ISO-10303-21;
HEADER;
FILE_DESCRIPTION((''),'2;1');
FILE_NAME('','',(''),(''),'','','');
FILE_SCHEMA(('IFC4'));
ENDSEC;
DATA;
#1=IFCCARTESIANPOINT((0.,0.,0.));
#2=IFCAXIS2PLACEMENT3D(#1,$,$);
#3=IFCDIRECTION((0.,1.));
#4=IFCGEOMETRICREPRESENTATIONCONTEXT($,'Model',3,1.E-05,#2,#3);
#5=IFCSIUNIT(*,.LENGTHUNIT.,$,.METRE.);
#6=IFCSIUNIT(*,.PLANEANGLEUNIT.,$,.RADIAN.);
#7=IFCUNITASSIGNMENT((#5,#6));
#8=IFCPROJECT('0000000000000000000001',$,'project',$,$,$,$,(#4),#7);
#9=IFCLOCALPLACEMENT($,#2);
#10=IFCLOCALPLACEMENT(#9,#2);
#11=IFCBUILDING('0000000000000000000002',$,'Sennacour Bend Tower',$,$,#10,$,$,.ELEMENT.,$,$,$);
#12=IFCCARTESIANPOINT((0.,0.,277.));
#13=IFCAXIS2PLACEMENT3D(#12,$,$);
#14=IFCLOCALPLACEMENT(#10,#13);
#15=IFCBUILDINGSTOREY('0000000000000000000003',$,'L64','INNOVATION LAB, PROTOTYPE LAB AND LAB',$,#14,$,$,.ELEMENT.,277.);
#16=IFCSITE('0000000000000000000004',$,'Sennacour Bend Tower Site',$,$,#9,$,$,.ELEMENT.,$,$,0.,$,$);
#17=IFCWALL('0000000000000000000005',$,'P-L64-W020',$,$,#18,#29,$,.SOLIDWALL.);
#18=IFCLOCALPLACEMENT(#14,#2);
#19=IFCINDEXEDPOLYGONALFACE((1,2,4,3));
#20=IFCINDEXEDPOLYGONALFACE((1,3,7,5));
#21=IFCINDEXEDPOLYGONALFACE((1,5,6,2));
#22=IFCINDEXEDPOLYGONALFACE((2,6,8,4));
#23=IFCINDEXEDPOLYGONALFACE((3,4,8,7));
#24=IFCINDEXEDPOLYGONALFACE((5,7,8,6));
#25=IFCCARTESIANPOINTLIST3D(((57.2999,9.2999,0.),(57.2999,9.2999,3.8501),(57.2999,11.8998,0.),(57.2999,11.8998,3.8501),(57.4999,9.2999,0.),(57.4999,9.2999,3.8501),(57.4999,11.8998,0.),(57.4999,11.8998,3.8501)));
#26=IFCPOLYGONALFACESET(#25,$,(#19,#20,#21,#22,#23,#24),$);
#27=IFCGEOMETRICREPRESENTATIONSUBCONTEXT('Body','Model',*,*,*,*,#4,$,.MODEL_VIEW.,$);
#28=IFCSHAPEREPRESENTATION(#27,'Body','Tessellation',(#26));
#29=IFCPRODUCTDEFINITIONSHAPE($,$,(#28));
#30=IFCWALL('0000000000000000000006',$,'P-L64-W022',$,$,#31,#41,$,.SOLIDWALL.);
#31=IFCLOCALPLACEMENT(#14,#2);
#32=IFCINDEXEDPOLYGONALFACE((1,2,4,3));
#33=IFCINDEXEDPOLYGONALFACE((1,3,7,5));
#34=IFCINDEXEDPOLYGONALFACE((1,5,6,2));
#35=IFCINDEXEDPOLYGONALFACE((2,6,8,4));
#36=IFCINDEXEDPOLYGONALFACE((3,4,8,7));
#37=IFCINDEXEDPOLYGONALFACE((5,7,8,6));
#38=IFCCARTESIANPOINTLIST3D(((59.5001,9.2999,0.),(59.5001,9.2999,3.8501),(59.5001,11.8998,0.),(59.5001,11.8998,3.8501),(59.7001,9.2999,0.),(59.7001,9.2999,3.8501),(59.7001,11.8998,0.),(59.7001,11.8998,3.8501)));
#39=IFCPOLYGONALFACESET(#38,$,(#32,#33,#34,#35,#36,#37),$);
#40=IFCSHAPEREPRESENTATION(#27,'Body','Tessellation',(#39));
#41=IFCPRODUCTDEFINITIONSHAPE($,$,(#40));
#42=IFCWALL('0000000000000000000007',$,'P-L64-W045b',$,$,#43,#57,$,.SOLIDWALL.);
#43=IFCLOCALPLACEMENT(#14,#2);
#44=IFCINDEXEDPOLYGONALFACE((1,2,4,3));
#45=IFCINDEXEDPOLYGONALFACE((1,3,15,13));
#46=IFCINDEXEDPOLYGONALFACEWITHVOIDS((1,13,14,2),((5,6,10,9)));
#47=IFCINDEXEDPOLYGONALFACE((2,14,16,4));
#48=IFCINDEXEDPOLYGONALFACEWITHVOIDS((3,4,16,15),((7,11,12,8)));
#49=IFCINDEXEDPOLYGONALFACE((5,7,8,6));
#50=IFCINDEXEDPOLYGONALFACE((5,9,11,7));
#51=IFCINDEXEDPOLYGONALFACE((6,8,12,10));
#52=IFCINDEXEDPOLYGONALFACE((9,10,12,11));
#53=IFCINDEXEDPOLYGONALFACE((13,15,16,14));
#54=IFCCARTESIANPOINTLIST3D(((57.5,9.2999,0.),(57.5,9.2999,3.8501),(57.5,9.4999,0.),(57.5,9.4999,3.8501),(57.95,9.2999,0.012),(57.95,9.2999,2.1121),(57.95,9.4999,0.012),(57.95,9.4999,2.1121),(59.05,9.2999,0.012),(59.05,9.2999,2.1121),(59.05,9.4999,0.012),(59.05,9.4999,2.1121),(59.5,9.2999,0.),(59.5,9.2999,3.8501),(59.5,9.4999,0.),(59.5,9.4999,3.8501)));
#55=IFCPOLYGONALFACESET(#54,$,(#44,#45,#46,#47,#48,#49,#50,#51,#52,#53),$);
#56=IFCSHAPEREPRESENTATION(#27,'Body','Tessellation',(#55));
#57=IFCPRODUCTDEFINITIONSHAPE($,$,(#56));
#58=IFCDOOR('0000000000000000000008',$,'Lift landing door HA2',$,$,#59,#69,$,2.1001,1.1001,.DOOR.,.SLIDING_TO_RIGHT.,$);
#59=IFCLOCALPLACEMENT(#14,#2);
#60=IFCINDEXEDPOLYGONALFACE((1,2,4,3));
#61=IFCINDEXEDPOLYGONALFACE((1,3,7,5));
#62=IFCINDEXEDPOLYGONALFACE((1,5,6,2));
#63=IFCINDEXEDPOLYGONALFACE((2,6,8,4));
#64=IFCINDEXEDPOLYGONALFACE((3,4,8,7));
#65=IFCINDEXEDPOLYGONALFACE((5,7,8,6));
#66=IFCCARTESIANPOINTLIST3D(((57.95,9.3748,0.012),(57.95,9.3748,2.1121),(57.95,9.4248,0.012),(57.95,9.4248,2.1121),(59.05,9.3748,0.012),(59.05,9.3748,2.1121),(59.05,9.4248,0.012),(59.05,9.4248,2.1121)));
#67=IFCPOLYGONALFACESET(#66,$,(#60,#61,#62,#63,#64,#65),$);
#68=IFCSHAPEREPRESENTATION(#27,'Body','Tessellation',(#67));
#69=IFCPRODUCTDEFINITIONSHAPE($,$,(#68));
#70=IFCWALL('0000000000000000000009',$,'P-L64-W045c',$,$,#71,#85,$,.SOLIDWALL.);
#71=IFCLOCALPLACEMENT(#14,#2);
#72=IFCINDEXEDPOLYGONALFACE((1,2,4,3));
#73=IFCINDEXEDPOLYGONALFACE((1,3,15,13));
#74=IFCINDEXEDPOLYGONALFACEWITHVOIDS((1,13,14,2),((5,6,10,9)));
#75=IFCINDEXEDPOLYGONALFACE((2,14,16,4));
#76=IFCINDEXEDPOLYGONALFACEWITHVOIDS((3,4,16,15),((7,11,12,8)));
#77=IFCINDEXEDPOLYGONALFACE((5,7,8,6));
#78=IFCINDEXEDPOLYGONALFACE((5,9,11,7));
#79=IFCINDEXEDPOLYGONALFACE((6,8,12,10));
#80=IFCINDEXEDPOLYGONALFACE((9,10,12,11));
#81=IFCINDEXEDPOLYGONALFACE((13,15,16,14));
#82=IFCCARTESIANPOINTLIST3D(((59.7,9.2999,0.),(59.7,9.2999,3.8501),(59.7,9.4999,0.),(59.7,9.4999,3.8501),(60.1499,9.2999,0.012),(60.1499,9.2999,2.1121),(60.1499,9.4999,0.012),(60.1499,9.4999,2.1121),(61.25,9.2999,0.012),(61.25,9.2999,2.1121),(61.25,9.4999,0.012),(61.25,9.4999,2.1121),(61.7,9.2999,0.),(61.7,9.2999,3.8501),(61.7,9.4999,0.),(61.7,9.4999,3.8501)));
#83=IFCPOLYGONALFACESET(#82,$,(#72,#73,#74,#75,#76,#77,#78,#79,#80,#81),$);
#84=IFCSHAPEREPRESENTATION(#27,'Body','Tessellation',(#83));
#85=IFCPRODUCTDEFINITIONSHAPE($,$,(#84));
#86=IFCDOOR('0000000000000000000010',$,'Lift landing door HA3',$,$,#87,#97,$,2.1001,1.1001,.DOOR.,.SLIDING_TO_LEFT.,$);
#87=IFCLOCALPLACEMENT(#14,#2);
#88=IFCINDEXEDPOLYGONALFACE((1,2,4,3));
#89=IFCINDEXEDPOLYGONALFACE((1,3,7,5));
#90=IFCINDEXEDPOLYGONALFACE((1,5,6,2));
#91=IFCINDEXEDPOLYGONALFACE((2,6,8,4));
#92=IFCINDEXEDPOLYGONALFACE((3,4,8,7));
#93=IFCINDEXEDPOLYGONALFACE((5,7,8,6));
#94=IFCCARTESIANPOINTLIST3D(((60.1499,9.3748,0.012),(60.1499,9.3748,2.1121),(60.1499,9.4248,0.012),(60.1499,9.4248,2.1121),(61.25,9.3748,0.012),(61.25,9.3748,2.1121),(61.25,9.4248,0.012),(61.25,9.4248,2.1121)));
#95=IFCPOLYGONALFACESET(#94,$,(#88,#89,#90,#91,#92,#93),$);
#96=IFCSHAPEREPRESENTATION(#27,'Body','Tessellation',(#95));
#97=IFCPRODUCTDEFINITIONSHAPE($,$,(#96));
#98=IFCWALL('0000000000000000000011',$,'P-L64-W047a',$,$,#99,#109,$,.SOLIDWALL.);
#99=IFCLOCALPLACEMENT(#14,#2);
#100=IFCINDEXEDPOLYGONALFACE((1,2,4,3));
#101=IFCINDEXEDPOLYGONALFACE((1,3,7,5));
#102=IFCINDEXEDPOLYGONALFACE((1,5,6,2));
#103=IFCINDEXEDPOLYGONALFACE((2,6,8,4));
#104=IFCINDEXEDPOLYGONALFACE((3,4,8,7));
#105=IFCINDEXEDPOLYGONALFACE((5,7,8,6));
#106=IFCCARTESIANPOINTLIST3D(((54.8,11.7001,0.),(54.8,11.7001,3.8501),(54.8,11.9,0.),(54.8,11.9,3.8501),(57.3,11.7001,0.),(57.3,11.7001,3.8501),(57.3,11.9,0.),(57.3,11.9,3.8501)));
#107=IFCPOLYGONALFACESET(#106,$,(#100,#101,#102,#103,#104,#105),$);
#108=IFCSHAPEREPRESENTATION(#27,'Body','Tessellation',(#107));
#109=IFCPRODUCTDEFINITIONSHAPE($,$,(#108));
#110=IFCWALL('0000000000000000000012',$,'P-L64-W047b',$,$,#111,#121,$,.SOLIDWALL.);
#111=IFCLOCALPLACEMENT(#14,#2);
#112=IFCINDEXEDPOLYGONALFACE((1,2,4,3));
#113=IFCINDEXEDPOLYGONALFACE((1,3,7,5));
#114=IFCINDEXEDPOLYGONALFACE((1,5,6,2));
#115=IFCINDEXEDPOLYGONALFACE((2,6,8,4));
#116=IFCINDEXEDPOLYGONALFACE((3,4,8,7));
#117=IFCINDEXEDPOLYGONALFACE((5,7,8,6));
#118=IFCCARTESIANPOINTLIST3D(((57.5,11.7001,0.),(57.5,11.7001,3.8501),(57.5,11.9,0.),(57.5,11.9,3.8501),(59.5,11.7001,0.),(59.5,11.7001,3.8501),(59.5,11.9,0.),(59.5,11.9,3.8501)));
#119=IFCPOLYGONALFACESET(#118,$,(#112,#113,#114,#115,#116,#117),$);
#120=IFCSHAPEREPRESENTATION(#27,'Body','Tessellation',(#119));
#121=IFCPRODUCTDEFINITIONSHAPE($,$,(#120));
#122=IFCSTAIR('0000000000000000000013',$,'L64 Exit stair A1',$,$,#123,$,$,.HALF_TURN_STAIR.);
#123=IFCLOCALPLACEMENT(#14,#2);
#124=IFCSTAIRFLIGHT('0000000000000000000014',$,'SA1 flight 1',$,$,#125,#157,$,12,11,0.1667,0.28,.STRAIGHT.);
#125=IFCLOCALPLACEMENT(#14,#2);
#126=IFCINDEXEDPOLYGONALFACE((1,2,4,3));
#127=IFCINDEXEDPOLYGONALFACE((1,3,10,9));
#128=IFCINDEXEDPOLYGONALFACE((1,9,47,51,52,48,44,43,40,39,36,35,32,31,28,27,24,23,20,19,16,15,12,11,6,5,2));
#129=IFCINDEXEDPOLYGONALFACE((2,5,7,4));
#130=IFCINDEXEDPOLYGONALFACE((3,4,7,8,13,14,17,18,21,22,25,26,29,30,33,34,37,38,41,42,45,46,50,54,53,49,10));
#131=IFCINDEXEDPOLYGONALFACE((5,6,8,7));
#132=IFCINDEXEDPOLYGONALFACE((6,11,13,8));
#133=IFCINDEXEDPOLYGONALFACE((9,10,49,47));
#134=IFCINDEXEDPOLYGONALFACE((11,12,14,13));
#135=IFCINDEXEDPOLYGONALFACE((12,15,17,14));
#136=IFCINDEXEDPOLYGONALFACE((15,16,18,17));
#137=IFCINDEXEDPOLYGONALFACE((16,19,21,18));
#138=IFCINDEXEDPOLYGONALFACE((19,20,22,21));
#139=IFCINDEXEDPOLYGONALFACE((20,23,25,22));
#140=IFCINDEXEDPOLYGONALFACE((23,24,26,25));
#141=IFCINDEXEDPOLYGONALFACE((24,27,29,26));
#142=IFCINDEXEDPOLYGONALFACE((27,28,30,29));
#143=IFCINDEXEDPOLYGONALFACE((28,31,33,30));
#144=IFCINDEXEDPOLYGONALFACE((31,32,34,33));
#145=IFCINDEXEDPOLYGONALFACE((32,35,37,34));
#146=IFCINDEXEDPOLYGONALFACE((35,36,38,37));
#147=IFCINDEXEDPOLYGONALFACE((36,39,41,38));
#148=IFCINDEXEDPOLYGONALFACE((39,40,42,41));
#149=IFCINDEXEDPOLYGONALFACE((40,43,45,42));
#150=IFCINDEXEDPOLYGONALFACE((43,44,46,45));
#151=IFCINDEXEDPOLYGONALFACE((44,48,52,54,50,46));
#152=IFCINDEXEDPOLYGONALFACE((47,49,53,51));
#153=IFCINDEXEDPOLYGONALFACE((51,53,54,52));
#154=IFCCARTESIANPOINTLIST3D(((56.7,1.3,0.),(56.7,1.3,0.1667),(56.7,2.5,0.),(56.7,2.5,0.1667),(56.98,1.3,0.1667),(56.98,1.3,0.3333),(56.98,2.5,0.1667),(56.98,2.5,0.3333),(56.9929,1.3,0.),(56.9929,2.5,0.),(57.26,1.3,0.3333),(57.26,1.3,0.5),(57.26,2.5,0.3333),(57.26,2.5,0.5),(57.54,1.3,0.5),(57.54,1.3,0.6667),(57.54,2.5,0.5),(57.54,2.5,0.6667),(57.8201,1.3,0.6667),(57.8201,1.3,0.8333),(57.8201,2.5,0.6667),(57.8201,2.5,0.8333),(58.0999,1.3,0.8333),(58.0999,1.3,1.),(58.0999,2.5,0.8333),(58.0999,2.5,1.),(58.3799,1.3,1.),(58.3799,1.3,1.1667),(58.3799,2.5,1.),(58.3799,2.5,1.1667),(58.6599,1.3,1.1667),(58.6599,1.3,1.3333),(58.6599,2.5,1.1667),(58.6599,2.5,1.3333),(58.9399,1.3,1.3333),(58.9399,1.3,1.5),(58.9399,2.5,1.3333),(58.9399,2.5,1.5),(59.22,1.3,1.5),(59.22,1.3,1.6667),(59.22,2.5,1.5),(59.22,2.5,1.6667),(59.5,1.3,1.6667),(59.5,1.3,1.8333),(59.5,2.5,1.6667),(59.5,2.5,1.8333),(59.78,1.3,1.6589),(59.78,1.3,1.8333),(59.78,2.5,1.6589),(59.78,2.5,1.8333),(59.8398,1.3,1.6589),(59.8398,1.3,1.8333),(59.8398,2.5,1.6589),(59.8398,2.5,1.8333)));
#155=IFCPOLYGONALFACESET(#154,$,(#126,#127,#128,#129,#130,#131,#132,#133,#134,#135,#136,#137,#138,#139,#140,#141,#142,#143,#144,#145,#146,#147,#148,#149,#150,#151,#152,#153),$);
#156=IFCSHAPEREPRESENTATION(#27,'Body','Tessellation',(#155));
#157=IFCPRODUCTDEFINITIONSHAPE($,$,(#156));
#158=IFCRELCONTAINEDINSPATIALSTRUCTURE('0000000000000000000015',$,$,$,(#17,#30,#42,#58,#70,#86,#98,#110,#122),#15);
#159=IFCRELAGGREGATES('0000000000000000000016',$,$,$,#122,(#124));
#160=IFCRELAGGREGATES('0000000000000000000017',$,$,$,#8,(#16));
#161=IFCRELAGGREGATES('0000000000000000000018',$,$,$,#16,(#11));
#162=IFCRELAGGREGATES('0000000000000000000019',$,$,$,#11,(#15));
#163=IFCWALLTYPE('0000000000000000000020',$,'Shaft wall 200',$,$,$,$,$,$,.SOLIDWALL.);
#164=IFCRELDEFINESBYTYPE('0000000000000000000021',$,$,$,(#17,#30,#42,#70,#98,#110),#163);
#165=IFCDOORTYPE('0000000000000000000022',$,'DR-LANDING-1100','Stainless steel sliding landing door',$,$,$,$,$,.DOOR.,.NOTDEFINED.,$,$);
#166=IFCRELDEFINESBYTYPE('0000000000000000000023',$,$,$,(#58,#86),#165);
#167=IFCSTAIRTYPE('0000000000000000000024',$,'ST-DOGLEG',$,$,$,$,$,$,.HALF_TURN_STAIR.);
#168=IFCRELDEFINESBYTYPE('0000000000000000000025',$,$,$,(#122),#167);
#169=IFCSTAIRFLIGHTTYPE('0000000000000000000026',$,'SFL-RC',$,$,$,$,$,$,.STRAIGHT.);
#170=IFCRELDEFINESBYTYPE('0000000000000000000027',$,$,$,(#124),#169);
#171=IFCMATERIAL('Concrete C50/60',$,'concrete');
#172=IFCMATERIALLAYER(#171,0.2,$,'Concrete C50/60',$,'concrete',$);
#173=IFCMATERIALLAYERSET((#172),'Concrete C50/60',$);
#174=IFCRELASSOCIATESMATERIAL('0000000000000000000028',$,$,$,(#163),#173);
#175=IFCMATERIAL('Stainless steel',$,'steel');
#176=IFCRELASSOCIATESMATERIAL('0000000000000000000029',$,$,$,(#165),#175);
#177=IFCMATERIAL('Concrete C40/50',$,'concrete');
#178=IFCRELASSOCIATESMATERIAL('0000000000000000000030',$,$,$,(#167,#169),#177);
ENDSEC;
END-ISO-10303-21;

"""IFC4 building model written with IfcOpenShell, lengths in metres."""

from ifc_helpers import new_model, si_unit, direction, frame, frame_2d, origin, place, context, subcontext, project, spatial, polyline, rectangle, outline, extrude, material, layer, layer_set, type_object, element, fill, aggregate, save


model = new_model("IFC4")

# Units and contexts
model_context = context("Model", 3, precision=1e-05, world=origin(), true_north=direction((0.0, 1.0)))
body_context = subcontext(model_context, "Body", "Model", "MODEL_VIEW")
ifc_project = project(units=[si_unit("LENGTHUNIT", "METRE"), si_unit("PLANEANGLEUNIT", "RADIAN")], contexts=[model_context])

# Site, building, storey
site_placement = place(None, origin())
site = spatial("IfcSite", under=ifc_project, at=site_placement, Name="Sennacour Bend Tower Site", CompositionType="ELEMENT", RefElevation=0.0)
building_placement = place(site_placement, origin())
building = spatial("IfcBuilding", under=site, at=building_placement, Name="Sennacour Bend Tower", CompositionType="ELEMENT")
storey_placement = place(building_placement, frame((0.0, 0.0, 277.0)))
storey = spatial("IfcBuildingStorey", under=building, at=storey_placement, Name="L64", Description="INNOVATION LAB, PROTOTYPE LAB AND LAB", CompositionType="ELEMENT", Elevation=277.0)

# Walls
ifc_material_1 = material(Name="Concrete C50/60", Category="concrete")
ifc_layer = layer(ifc_material_1, 0.2, Name="Concrete C50/60", Category="concrete")
ifc_layer_set = layer_set([ifc_layer], Name="Concrete C50/60")
wall_type = type_object("IfcWallType", Name="Shaft wall 200", PredefinedType="SOLIDWALL", material=ifc_layer_set)
for number, where, z_axis, x_axis, name in (
    (1, (57.3999, 9.3, 0.0), (0.0, 0.0, 1.0), (0.0, 1.0, 0.0), "P-L64-W020"),
    (2, (59.6001, 9.3, 0.0), (0.0, 0.0, 1.0), (0.0, 1.0, 0.0), "P-L64-W022"),
):
    element("IfcWall", number, at=place(storey_placement, frame(where, z_axis=z_axis, x_axis=x_axis)), inside=storey, type_object=wall_type, Name=name, PredefinedType="SOLIDWALL", context=body_context, shape_type="SweptSolid", body=[
        extrude(rectangle(XDim=2.5999, YDim=0.2, at=frame_2d((1.2998, 0.0))), origin(), (0.0, 0.0, 1.0), 3.8501),
    ])

# Walls, openings, doors
wall_1_placement = place(storey_placement, frame((57.5, 9.3999, 0.0), z_axis=(0.0, 0.0, 1.0), x_axis=(1.0, 0.0, 0.0)))
wall_1 = element("IfcWall", 3, at=wall_1_placement, inside=storey, type_object=wall_type, Name="P-L64-W045b", PredefinedType="SOLIDWALL", context=body_context, shape_type="SweptSolid", body=[
    extrude(rectangle(XDim=2.0, YDim=0.2, at=frame_2d((1.0, 0.0))), origin(), (0.0, 0.0, 1.0), 3.8501),
])
opening_1_placement = place(wall_1_placement, frame((0.45, 0.0, 0.012)))
opening_1 = element("IfcOpeningElement", 4, at=opening_1_placement, cuts=wall_1, PredefinedType="OPENING", context=body_context, shape_type="SweptSolid", body=[
    extrude(rectangle(XDim=1.1001, YDim=2.1001, at=frame_2d((0.55, 1.05))), frame((0.0, 0.1099, 0.0), z_axis=(0.0, -1.0, 0.0), x_axis=(1.0, 0.0, 0.0)), (0.0, 0.0, 1.0), 0.22),
])
ifc_material_2 = material(Name="Stainless steel", Category="steel")
door_type = type_object("IfcDoorType", Name="DR-LANDING-1100", Description="Stainless steel sliding landing door", OperationType="NOTDEFINED", PredefinedType="DOOR", material=ifc_material_2)
door_1_placement = place(opening_1_placement, origin())
door_1 = element("IfcDoor", 5, at=door_1_placement, inside=storey, type_object=door_type, Name="Lift landing door HA2", OperationType="SLIDING_TO_RIGHT", OverallHeight=2.1001, OverallWidth=1.1001, PredefinedType="DOOR", context=body_context, shape_type="SweptSolid", body=[
    extrude(rectangle(XDim=1.1001, YDim=2.1001, at=frame_2d((0.55, 1.05))), frame((0.0, 0.0249, 0.0), z_axis=(0.0, -1.0, 0.0), x_axis=(1.0, 0.0, 0.0)), (0.0, 0.0, 1.0), 0.05),
])
fill(opening_1, door_1)
wall_2_placement = place(storey_placement, frame((59.7, 9.3999, 0.0), z_axis=(0.0, 0.0, 1.0), x_axis=(1.0, 0.0, 0.0)))
wall_2 = element("IfcWall", 6, at=wall_2_placement, inside=storey, type_object=wall_type, Name="P-L64-W045c", PredefinedType="SOLIDWALL", context=body_context, shape_type="SweptSolid", body=[
    extrude(rectangle(XDim=2.0, YDim=0.2, at=frame_2d((1.0, 0.0))), origin(), (0.0, 0.0, 1.0), 3.8501),
])
opening_2_placement = place(wall_2_placement, frame((0.45, 0.0, 0.012)))
opening_2 = element("IfcOpeningElement", 7, at=opening_2_placement, cuts=wall_2, PredefinedType="OPENING", context=body_context, shape_type="SweptSolid", body=[
    extrude(rectangle(XDim=1.1001, YDim=2.1001, at=frame_2d((0.55, 1.05))), frame((0.0, 0.1099, 0.0), z_axis=(0.0, -1.0, 0.0), x_axis=(1.0, 0.0, 0.0)), (0.0, 0.0, 1.0), 0.22),
])
door_2_placement = place(opening_2_placement, origin())
door_2 = element("IfcDoor", 8, at=door_2_placement, inside=storey, type_object=door_type, Name="Lift landing door HA3", OperationType="SLIDING_TO_LEFT", OverallHeight=2.1001, OverallWidth=1.1001, PredefinedType="DOOR", context=body_context, shape_type="SweptSolid", body=[
    extrude(rectangle(XDim=1.1001, YDim=2.1001, at=frame_2d((0.55, 1.05))), frame((0.0, 0.0249, 0.0), z_axis=(0.0, -1.0, 0.0), x_axis=(1.0, 0.0, 0.0)), (0.0, 0.0, 1.0), 0.05),
])
fill(opening_2, door_2)

# Walls
wall_3_placement = place(storey_placement, frame((54.8, 11.8, 0.0), z_axis=(0.0, 0.0, 1.0), x_axis=(1.0, 0.0, 0.0)))
element("IfcWall", 9, at=wall_3_placement, inside=storey, type_object=wall_type, Name="P-L64-W047a", PredefinedType="SOLIDWALL", context=body_context, shape_type="SweptSolid", body=[
    extrude(rectangle(XDim=2.5, YDim=0.2, at=frame_2d((1.25, 0.0))), origin(), (0.0, 0.0, 1.0), 3.8501),
])
wall_4_placement = place(storey_placement, frame((57.5, 11.8, 0.0), z_axis=(0.0, 0.0, 1.0), x_axis=(1.0, 0.0, 0.0)))
element("IfcWall", 10, at=wall_4_placement, inside=storey, type_object=wall_type, Name="P-L64-W047b", PredefinedType="SOLIDWALL", context=body_context, shape_type="SweptSolid", body=[
    extrude(rectangle(XDim=2.0, YDim=0.2, at=frame_2d((1.0, 0.0))), origin(), (0.0, 0.0, 1.0), 3.8501),
])

# Stair, stair flight
ifc_material_3 = material(Name="Concrete C40/50", Category="concrete")
stair_type = type_object("IfcStairType", Name="ST-DOGLEG", PredefinedType="HALF_TURN_STAIR", material=ifc_material_3)
stair_placement = place(storey_placement, origin())
stair = element("IfcStair", 11, at=stair_placement, inside=storey, type_object=stair_type, Name="L64 Exit stair A1", PredefinedType="HALF_TURN_STAIR")
stair_flight_type = type_object("IfcStairFlightType", Name="SFL-RC", PredefinedType="STRAIGHT", material=ifc_material_3)
stair_flight_placement = place(storey_placement, frame((56.7, 1.8999, 0.0), z_axis=(0.0, 0.0, 1.0), x_axis=(1.0, 0.0, 0.0)))
stair_flight = element("IfcStairFlight", 12, at=stair_flight_placement, type_object=stair_flight_type, Name="SA1 flight 1", NumberOfRisers=12, NumberOfTreads=11, PredefinedType="STRAIGHT", RiserHeight=0.1667, TreadLength=0.28, context=body_context, shape_type="SweptSolid", body=[
    extrude(outline(polyline([(0.0, 0.0), (0.0, 0.1667), (0.28, 0.1667), (0.28, 0.3333), (0.5601, 0.3333), (0.5601, 0.5), (0.8401, 0.5), (0.8401, 0.6667), (1.1201, 0.6667), (1.1201, 0.8333), (1.3999, 0.8333), (1.3999, 1.0), (1.6799, 1.0), (1.6799, 1.1667), (1.96, 1.1667), (1.96, 1.3333), (2.24, 1.3333), (2.24, 1.5), (2.52, 1.5), (2.52, 1.6667), (2.8, 1.6667), (2.8, 1.8333), (3.0801, 1.8333), (3.1399, 1.8333), (3.1399, 1.6589), (3.0801, 1.6589), (0.293, 0.0), (0.0, 0.0)])), frame((0.0, 0.6001, 0.0), z_axis=(0.0, -1.0, 0.0), x_axis=(1.0, 0.0, 0.0)), (0.0, 0.0, 1.0), 1.2),
])
aggregate(stair, [stair_flight])

save(model, "model.ifc")
